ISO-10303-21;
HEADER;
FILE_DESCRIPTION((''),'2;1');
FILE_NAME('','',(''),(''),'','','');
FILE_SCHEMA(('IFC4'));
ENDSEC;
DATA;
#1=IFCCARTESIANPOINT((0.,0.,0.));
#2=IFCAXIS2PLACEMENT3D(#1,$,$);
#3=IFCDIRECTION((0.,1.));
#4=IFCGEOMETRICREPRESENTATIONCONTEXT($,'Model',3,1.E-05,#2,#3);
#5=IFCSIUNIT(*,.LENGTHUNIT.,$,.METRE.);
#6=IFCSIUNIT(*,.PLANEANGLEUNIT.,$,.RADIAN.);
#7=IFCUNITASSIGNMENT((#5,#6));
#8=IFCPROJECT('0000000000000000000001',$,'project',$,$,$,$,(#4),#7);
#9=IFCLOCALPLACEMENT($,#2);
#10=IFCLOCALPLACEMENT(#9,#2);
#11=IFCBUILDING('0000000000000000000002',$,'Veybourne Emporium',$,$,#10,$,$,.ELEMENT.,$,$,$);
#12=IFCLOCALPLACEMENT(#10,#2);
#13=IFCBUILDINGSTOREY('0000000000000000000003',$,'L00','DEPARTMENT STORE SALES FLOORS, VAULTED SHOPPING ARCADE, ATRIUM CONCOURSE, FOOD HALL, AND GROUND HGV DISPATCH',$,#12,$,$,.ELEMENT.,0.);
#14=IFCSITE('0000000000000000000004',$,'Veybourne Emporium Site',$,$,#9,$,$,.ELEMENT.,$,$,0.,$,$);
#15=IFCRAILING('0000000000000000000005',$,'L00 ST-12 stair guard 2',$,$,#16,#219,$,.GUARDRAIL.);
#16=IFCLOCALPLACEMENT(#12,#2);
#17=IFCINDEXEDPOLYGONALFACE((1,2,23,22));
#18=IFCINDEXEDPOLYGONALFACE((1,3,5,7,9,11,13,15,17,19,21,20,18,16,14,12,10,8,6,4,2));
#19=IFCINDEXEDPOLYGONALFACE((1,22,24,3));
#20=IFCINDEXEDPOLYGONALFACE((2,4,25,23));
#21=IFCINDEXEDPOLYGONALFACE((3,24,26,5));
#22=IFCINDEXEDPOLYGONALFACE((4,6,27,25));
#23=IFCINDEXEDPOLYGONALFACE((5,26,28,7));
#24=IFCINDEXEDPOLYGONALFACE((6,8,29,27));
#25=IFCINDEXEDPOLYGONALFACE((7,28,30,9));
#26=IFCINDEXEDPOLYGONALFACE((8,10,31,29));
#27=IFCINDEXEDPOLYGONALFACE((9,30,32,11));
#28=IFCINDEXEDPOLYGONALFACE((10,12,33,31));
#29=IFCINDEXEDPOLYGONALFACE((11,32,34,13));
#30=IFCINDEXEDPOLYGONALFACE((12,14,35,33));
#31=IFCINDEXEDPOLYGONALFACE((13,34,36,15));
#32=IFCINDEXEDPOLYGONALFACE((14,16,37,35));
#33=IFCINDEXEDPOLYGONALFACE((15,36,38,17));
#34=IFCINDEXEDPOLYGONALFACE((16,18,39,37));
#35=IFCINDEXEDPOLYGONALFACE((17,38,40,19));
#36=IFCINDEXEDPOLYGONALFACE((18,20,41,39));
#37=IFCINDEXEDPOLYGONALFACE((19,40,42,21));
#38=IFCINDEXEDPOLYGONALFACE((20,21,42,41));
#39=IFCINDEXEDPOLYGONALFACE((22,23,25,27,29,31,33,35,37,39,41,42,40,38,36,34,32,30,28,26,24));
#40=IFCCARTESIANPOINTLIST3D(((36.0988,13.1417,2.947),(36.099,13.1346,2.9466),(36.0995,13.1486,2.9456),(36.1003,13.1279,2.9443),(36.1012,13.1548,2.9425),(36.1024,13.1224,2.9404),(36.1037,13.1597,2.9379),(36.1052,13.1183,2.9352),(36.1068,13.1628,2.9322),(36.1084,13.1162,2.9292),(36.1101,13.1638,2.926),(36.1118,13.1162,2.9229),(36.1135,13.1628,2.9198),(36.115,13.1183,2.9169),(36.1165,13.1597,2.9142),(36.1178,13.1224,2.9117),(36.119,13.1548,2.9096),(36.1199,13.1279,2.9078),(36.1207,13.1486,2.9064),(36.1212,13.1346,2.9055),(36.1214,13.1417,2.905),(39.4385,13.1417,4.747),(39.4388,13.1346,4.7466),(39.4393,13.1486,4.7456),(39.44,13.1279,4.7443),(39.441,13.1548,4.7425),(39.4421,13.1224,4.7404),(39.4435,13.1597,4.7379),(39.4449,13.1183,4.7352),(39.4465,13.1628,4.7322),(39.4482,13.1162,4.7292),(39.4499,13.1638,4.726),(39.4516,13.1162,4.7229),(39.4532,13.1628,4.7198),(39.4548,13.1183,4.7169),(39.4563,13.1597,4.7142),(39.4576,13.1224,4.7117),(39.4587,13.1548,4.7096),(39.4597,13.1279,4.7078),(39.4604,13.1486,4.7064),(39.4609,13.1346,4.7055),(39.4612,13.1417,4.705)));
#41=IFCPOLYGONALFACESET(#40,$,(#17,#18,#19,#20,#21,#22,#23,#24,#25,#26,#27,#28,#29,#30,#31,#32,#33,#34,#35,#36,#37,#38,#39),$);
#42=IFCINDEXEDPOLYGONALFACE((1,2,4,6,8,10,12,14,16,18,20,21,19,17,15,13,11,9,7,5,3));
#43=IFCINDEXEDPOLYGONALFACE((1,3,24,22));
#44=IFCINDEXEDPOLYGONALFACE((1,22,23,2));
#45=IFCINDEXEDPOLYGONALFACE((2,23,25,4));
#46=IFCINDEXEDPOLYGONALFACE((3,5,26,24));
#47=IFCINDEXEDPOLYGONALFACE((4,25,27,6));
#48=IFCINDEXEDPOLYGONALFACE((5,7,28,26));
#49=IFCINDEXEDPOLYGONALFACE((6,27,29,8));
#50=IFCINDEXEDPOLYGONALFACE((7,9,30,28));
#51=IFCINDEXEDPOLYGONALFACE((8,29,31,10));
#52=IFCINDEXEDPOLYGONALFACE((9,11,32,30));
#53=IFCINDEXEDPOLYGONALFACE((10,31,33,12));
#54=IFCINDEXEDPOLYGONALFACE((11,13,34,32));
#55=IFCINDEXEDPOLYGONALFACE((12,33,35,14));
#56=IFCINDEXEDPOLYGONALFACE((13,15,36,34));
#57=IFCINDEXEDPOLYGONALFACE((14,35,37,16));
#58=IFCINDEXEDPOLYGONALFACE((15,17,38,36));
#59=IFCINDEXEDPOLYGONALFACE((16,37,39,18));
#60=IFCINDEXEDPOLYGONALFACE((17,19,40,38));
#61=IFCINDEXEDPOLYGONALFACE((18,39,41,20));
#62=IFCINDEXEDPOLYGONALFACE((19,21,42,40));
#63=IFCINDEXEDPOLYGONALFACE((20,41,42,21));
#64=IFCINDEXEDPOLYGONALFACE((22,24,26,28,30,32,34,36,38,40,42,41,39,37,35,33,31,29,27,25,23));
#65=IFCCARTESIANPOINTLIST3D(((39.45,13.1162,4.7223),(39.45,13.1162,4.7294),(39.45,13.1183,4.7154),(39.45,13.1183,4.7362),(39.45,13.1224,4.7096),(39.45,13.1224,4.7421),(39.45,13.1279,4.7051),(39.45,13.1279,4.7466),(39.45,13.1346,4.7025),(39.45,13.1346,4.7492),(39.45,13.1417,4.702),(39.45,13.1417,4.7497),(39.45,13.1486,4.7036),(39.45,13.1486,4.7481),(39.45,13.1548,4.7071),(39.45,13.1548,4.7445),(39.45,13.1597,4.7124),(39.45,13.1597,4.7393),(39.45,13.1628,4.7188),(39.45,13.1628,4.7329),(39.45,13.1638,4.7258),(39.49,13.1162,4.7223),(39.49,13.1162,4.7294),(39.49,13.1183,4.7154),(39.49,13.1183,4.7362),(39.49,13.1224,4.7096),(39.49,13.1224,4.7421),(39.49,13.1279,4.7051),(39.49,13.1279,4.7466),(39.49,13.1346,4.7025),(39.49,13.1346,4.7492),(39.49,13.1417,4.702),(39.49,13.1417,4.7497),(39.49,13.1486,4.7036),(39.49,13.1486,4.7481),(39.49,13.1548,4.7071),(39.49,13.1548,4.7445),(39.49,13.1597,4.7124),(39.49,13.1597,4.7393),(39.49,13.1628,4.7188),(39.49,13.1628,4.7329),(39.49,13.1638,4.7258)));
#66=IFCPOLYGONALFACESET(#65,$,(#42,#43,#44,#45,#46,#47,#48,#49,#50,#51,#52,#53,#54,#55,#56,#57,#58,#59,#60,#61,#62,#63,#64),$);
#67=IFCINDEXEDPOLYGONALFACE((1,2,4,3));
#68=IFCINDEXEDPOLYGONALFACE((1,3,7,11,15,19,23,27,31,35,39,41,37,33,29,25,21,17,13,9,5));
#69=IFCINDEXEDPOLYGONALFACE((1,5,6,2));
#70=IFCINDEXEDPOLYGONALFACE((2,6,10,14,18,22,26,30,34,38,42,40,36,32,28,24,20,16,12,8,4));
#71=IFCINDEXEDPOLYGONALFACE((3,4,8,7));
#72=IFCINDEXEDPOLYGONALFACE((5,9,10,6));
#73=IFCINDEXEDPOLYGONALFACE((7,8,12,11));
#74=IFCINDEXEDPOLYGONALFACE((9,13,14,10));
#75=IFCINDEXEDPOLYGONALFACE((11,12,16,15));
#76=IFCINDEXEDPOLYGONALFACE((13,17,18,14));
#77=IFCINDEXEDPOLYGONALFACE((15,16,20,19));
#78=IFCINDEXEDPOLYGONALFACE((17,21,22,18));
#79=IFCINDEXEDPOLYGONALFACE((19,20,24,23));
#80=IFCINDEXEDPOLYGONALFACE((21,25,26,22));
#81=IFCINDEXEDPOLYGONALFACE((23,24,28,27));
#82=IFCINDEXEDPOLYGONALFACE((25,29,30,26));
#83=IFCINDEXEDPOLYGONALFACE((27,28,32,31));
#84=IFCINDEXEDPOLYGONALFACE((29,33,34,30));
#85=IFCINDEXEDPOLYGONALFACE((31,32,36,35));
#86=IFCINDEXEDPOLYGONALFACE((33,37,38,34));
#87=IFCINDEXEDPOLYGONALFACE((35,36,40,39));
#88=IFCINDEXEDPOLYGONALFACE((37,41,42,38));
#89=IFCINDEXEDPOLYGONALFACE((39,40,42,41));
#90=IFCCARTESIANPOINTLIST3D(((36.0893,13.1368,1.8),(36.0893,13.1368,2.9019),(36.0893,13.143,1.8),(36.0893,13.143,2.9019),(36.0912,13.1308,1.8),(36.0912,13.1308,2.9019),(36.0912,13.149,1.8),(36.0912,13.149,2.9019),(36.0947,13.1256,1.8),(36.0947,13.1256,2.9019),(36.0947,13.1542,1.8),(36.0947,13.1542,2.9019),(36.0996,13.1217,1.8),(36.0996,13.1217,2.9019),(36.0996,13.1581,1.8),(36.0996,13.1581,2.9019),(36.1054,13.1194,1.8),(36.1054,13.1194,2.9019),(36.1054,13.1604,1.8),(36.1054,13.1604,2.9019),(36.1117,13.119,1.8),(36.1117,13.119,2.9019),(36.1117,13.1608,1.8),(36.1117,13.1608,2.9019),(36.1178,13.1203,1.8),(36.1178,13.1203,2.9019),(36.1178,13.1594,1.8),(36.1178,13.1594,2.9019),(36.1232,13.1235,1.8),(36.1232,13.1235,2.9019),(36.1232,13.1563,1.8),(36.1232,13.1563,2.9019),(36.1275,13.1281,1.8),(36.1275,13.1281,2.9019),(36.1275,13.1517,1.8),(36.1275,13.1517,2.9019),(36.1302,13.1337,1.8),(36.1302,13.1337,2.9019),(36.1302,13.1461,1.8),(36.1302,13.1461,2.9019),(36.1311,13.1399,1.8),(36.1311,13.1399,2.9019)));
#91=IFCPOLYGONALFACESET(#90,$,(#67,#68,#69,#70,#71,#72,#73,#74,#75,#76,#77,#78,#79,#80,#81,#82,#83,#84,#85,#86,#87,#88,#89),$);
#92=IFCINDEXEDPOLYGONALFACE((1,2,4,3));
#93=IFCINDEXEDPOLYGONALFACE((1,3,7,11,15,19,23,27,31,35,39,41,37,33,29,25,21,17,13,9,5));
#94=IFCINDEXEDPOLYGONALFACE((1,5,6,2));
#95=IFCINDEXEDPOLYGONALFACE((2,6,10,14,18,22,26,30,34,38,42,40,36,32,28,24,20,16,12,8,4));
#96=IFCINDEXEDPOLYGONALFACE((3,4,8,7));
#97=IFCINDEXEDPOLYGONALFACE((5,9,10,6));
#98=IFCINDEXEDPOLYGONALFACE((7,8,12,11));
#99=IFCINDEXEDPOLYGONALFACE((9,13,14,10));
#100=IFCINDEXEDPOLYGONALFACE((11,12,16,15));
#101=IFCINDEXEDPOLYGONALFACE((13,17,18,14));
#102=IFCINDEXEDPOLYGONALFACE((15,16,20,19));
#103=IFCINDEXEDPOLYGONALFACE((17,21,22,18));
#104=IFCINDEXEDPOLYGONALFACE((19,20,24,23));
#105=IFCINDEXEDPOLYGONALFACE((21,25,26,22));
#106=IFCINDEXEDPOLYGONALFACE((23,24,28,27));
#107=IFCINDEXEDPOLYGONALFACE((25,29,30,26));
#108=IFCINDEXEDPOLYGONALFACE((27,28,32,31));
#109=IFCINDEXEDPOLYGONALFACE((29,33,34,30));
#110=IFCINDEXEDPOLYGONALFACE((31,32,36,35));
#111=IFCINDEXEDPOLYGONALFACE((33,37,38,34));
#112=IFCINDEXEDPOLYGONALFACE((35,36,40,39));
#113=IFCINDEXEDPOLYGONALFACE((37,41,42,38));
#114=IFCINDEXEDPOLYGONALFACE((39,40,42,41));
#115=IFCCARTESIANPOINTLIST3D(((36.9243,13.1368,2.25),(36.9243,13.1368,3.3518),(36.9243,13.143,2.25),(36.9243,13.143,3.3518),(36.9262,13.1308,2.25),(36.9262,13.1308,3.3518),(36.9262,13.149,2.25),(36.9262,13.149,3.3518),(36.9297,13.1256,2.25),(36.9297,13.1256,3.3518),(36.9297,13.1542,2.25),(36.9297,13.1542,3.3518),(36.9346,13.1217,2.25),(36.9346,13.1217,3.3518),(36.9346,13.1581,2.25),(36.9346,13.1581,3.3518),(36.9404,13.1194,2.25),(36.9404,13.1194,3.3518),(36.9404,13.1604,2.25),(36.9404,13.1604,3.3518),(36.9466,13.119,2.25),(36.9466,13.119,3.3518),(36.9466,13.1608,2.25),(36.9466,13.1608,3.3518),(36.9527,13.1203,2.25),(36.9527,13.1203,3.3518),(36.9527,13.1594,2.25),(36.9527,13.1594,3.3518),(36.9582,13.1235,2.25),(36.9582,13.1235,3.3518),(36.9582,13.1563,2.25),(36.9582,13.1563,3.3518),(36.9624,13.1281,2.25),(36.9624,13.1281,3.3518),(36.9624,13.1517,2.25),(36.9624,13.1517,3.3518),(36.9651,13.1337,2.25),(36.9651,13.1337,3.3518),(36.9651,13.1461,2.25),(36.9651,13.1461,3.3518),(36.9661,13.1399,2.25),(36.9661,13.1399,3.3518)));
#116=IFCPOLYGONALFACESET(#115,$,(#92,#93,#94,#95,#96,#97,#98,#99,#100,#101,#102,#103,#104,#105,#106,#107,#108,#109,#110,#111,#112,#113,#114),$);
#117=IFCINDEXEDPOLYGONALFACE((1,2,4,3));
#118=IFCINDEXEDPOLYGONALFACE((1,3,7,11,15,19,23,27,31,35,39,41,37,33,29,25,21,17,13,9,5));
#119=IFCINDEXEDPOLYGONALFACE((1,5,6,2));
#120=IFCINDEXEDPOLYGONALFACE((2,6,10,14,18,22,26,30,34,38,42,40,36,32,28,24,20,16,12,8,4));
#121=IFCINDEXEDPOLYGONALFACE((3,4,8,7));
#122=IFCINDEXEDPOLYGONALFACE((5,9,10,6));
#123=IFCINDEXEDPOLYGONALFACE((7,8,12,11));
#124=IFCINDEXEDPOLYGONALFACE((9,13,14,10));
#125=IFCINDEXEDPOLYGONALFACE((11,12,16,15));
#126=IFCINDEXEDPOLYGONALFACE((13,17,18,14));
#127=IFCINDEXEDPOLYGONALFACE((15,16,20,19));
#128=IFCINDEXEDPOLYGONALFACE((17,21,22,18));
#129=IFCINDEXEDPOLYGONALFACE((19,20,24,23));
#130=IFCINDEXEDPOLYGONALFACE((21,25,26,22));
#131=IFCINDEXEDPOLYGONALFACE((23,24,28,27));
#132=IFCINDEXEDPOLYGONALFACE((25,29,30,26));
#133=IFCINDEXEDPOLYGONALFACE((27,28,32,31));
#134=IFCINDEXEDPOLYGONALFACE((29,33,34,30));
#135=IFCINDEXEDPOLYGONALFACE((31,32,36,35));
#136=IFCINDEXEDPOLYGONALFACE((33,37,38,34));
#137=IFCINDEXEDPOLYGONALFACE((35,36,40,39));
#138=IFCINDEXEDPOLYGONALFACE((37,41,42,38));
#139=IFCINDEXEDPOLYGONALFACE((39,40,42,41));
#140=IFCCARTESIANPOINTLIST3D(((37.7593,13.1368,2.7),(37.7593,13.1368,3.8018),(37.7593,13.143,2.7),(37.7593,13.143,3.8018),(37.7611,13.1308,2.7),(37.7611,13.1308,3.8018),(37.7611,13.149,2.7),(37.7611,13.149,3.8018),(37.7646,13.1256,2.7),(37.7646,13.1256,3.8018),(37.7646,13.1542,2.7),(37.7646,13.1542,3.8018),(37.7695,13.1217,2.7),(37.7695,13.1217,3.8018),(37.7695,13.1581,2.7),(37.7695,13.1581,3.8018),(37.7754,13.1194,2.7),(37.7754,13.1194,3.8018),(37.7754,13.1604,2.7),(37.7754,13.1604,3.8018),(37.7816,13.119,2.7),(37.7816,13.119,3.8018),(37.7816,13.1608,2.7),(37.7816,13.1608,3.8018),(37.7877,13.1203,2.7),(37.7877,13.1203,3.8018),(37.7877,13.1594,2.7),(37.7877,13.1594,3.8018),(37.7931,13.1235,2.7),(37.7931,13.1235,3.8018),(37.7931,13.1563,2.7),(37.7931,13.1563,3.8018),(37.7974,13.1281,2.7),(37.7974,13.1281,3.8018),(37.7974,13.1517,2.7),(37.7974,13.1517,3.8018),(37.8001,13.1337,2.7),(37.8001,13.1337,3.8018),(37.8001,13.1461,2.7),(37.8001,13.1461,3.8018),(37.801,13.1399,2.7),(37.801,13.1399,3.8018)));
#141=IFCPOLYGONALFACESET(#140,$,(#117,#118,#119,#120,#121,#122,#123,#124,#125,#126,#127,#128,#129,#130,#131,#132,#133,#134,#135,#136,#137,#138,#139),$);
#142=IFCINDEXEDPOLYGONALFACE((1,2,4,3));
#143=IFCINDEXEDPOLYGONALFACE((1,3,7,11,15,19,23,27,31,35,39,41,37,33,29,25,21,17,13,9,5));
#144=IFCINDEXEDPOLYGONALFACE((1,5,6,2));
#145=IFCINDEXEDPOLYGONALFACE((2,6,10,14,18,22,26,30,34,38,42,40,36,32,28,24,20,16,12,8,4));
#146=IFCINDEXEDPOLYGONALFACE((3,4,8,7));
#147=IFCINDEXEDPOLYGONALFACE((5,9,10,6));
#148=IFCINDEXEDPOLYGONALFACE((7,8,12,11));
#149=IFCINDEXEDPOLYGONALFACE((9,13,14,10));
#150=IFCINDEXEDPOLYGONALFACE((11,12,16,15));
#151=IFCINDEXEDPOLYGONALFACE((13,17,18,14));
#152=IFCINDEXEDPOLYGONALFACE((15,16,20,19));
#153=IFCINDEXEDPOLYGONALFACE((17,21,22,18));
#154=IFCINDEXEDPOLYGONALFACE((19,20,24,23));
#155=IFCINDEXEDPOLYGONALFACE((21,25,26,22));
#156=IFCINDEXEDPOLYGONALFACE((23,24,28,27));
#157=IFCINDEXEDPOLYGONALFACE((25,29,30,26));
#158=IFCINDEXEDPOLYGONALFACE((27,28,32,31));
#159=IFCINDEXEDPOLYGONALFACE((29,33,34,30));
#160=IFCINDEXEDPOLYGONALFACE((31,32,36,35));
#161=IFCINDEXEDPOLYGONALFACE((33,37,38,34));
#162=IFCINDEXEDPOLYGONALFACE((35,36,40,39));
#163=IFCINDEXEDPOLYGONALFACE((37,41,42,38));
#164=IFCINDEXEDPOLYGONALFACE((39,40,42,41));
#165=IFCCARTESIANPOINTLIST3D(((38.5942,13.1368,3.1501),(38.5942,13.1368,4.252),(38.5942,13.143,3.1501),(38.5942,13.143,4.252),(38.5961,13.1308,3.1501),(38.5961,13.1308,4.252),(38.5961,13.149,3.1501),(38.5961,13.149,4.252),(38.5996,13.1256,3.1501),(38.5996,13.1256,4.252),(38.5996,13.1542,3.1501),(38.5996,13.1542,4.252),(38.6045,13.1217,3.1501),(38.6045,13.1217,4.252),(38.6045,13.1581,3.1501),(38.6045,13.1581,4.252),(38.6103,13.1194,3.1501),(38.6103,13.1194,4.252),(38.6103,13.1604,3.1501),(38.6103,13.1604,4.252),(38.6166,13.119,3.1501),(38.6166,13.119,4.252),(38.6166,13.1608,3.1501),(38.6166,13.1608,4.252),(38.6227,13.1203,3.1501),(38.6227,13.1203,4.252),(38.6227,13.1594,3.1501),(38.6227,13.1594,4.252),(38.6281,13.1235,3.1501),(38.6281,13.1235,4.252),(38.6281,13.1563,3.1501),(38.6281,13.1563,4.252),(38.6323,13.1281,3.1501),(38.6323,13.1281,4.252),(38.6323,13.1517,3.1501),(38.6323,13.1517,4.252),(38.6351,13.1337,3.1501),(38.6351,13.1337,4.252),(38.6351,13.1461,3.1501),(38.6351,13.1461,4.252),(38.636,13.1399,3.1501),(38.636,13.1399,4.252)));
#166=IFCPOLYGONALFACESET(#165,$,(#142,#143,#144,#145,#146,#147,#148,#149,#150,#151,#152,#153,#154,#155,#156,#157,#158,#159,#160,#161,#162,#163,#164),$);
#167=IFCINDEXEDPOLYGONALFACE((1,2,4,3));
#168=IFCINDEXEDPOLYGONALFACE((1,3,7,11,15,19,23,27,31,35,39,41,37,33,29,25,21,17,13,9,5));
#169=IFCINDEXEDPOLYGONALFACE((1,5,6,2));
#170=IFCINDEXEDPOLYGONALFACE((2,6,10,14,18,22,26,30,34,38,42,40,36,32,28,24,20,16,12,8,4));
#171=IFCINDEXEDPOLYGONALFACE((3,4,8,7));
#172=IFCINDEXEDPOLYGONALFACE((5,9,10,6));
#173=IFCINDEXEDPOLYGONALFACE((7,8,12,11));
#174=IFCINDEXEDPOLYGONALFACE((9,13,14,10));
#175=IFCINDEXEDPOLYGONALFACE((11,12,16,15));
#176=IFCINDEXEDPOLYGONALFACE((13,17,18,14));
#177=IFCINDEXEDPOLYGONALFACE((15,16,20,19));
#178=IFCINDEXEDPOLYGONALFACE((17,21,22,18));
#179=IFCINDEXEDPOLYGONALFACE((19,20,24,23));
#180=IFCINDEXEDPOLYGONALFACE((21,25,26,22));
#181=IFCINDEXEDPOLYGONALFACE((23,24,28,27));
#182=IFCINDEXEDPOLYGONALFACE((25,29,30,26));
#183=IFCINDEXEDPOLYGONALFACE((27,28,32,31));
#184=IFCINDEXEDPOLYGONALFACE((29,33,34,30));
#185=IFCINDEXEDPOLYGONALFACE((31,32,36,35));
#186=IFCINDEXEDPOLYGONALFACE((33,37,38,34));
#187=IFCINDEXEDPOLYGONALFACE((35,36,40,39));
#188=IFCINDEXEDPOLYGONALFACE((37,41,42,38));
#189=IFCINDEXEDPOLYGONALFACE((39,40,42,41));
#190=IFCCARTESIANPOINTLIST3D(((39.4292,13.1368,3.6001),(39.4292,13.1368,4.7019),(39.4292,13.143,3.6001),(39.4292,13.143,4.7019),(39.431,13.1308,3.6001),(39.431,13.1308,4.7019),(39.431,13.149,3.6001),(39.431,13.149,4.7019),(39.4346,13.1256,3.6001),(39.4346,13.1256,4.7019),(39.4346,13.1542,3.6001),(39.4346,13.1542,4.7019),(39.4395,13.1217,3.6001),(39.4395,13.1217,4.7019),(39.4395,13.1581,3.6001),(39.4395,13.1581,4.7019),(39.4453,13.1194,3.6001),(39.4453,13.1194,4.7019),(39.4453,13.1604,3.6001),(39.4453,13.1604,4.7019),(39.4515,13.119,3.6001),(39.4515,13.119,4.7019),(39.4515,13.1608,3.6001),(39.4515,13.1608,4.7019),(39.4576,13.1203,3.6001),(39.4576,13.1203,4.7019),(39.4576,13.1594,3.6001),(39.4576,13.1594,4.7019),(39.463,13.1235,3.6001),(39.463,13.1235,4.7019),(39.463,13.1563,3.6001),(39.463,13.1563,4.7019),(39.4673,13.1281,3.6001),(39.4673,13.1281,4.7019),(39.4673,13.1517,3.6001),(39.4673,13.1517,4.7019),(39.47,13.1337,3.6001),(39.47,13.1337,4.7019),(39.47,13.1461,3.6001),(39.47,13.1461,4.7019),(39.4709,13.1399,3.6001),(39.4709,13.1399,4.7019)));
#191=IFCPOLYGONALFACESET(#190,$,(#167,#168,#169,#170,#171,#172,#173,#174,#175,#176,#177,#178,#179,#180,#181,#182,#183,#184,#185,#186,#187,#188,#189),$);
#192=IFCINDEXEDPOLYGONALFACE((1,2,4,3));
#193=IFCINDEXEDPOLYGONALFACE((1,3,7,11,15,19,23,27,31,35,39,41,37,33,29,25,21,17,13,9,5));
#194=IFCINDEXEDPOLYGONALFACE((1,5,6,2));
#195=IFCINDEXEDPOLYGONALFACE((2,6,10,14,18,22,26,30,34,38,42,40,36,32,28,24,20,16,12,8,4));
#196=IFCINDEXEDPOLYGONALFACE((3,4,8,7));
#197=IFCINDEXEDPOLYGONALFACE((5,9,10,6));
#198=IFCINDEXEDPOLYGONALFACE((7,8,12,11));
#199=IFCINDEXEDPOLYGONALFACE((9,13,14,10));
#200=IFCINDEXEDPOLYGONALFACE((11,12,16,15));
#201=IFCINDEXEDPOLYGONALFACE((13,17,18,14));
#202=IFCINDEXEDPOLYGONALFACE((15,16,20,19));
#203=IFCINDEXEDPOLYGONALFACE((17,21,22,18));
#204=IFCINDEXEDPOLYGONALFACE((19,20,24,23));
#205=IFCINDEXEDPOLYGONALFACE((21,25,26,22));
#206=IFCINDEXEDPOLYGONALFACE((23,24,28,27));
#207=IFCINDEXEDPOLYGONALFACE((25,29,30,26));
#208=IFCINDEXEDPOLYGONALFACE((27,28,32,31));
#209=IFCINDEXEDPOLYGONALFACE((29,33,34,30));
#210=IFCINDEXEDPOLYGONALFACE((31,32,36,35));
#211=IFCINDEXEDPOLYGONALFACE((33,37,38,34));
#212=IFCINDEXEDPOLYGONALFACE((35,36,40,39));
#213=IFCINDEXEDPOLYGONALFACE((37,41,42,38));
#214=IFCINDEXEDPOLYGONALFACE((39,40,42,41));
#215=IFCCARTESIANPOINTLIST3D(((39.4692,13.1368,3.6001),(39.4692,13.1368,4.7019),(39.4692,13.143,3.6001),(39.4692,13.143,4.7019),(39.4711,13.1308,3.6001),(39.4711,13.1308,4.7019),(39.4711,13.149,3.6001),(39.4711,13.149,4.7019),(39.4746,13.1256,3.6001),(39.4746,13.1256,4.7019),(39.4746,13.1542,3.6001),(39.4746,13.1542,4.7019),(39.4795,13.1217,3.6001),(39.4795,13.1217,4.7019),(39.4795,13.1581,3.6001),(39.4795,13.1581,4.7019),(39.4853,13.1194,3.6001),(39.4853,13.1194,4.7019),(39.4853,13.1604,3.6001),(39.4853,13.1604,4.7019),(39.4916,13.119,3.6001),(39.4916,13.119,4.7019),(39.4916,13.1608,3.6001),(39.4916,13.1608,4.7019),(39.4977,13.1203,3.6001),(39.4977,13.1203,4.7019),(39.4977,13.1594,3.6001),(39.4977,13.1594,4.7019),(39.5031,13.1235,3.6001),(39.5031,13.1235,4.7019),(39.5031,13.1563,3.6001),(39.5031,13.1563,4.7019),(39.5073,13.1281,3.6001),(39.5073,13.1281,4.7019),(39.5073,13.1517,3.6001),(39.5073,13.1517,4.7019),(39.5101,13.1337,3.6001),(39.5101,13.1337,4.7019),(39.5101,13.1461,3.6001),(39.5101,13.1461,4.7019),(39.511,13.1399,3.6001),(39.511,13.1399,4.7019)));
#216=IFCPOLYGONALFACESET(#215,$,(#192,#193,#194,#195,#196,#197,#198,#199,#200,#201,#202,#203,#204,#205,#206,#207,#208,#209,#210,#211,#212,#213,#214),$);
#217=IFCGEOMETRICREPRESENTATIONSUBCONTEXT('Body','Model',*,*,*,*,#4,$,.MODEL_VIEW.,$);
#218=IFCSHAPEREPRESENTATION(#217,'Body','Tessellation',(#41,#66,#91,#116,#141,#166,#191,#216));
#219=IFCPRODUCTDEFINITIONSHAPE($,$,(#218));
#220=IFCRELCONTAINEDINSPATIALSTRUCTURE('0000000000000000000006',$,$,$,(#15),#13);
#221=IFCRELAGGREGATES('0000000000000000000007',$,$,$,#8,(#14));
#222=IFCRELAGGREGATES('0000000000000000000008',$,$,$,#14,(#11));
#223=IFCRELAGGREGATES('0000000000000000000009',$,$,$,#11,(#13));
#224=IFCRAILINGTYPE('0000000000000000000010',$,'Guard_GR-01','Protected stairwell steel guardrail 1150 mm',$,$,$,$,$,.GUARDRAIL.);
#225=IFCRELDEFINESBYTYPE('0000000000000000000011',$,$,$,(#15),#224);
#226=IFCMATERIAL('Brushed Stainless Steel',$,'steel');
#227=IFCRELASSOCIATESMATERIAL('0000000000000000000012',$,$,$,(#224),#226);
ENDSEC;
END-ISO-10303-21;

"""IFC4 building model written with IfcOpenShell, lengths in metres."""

from ifc_helpers import new_model, si_unit, direction, frame, origin, origin_2d, place, context, subcontext, project, spatial, circle, extrude, material, type_object, element, save


model = new_model("IFC4")

# Units and contexts
model_context = context("Model", 3, precision=1e-05, world=origin(), true_north=direction((0.0, 1.0)))
body_context = subcontext(model_context, "Body", "Model", "MODEL_VIEW")
ifc_project = project(units=[si_unit("LENGTHUNIT", "METRE"), si_unit("PLANEANGLEUNIT", "RADIAN")], contexts=[model_context])

# Site, building, storey
site_placement = place(None, origin())
site = spatial("IfcSite", under=ifc_project, at=site_placement, Name="Veybourne Emporium Site", CompositionType="ELEMENT", RefElevation=0.0)
building_placement = place(site_placement, origin())
building = spatial("IfcBuilding", under=site, at=building_placement, Name="Veybourne Emporium", CompositionType="ELEMENT")
storey_placement = place(building_placement, origin())
storey = spatial("IfcBuildingStorey", under=building, at=storey_placement, Name="L00", Description="DEPARTMENT STORE SALES FLOORS, VAULTED SHOPPING ARCADE, ATRIUM CONCOURSE, FOOD HALL, AND GROUND HGV DISPATCH", CompositionType="ELEMENT", Elevation=0.0)

# Railing
ifc_material_1 = material(Name="Brushed Stainless Steel", Category="steel")
railing_type_1 = type_object("IfcRailingType", Name="Guard_GR-01", Description="Protected stairwell steel guardrail 1150 mm", PredefinedType="GUARDRAIL", material=ifc_material_1)
railing_1_placement = place(storey_placement, frame((36.1101, 13.1399, 1.8)))
element("IfcRailing", 1, at=railing_1_placement, inside=storey, type_object=railing_type_1, Name="L00 ST-12 stair guard 2", PredefinedType="GUARDRAIL", context=body_context, shape_type="SweptSolid", body=[
    extrude(circle(Radius=0.0239, at=origin_2d()), frame((0.0, 0.0, 1.126), z_axis=(0.880287, 0.0, 0.474441), x_axis=(0.0, 1.0, 0.0)), (0.0, 0.0, 1.0), 3.7939),
    extrude(circle(Radius=0.0239, at=origin_2d()), frame((3.3398, 0.0, 2.9258), z_axis=(1.0, 0.0, 0.0), x_axis=(0.0, 1.0, 0.0)), (0.0, 0.0, 1.0), 0.04),
    extrude(circle(Radius=0.021, at=origin_2d()), origin(), (0.0, 0.0, 1.0), 1.1018),
    extrude(circle(Radius=0.021, at=origin_2d()), frame((0.835, 0.0, 0.45)), (0.0, 0.0, 1.0), 1.1018),
    extrude(circle(Radius=0.021, at=origin_2d()), frame((1.6699, 0.0, 0.8999)), (0.0, 0.0, 1.0), 1.1018),
    extrude(circle(Radius=0.021, at=origin_2d()), frame((2.5049, 0.0, 1.3501)), (0.0, 0.0, 1.0), 1.1018),
    extrude(circle(Radius=0.021, at=origin_2d()), frame((3.3398, 0.0, 1.8)), (0.0, 0.0, 1.0), 1.1018),
    extrude(circle(Radius=0.021, at=origin_2d()), frame((3.3799, 0.0, 1.8)), (0.0, 0.0, 1.0), 1.1018),
])

save(model, "model.ifc")
